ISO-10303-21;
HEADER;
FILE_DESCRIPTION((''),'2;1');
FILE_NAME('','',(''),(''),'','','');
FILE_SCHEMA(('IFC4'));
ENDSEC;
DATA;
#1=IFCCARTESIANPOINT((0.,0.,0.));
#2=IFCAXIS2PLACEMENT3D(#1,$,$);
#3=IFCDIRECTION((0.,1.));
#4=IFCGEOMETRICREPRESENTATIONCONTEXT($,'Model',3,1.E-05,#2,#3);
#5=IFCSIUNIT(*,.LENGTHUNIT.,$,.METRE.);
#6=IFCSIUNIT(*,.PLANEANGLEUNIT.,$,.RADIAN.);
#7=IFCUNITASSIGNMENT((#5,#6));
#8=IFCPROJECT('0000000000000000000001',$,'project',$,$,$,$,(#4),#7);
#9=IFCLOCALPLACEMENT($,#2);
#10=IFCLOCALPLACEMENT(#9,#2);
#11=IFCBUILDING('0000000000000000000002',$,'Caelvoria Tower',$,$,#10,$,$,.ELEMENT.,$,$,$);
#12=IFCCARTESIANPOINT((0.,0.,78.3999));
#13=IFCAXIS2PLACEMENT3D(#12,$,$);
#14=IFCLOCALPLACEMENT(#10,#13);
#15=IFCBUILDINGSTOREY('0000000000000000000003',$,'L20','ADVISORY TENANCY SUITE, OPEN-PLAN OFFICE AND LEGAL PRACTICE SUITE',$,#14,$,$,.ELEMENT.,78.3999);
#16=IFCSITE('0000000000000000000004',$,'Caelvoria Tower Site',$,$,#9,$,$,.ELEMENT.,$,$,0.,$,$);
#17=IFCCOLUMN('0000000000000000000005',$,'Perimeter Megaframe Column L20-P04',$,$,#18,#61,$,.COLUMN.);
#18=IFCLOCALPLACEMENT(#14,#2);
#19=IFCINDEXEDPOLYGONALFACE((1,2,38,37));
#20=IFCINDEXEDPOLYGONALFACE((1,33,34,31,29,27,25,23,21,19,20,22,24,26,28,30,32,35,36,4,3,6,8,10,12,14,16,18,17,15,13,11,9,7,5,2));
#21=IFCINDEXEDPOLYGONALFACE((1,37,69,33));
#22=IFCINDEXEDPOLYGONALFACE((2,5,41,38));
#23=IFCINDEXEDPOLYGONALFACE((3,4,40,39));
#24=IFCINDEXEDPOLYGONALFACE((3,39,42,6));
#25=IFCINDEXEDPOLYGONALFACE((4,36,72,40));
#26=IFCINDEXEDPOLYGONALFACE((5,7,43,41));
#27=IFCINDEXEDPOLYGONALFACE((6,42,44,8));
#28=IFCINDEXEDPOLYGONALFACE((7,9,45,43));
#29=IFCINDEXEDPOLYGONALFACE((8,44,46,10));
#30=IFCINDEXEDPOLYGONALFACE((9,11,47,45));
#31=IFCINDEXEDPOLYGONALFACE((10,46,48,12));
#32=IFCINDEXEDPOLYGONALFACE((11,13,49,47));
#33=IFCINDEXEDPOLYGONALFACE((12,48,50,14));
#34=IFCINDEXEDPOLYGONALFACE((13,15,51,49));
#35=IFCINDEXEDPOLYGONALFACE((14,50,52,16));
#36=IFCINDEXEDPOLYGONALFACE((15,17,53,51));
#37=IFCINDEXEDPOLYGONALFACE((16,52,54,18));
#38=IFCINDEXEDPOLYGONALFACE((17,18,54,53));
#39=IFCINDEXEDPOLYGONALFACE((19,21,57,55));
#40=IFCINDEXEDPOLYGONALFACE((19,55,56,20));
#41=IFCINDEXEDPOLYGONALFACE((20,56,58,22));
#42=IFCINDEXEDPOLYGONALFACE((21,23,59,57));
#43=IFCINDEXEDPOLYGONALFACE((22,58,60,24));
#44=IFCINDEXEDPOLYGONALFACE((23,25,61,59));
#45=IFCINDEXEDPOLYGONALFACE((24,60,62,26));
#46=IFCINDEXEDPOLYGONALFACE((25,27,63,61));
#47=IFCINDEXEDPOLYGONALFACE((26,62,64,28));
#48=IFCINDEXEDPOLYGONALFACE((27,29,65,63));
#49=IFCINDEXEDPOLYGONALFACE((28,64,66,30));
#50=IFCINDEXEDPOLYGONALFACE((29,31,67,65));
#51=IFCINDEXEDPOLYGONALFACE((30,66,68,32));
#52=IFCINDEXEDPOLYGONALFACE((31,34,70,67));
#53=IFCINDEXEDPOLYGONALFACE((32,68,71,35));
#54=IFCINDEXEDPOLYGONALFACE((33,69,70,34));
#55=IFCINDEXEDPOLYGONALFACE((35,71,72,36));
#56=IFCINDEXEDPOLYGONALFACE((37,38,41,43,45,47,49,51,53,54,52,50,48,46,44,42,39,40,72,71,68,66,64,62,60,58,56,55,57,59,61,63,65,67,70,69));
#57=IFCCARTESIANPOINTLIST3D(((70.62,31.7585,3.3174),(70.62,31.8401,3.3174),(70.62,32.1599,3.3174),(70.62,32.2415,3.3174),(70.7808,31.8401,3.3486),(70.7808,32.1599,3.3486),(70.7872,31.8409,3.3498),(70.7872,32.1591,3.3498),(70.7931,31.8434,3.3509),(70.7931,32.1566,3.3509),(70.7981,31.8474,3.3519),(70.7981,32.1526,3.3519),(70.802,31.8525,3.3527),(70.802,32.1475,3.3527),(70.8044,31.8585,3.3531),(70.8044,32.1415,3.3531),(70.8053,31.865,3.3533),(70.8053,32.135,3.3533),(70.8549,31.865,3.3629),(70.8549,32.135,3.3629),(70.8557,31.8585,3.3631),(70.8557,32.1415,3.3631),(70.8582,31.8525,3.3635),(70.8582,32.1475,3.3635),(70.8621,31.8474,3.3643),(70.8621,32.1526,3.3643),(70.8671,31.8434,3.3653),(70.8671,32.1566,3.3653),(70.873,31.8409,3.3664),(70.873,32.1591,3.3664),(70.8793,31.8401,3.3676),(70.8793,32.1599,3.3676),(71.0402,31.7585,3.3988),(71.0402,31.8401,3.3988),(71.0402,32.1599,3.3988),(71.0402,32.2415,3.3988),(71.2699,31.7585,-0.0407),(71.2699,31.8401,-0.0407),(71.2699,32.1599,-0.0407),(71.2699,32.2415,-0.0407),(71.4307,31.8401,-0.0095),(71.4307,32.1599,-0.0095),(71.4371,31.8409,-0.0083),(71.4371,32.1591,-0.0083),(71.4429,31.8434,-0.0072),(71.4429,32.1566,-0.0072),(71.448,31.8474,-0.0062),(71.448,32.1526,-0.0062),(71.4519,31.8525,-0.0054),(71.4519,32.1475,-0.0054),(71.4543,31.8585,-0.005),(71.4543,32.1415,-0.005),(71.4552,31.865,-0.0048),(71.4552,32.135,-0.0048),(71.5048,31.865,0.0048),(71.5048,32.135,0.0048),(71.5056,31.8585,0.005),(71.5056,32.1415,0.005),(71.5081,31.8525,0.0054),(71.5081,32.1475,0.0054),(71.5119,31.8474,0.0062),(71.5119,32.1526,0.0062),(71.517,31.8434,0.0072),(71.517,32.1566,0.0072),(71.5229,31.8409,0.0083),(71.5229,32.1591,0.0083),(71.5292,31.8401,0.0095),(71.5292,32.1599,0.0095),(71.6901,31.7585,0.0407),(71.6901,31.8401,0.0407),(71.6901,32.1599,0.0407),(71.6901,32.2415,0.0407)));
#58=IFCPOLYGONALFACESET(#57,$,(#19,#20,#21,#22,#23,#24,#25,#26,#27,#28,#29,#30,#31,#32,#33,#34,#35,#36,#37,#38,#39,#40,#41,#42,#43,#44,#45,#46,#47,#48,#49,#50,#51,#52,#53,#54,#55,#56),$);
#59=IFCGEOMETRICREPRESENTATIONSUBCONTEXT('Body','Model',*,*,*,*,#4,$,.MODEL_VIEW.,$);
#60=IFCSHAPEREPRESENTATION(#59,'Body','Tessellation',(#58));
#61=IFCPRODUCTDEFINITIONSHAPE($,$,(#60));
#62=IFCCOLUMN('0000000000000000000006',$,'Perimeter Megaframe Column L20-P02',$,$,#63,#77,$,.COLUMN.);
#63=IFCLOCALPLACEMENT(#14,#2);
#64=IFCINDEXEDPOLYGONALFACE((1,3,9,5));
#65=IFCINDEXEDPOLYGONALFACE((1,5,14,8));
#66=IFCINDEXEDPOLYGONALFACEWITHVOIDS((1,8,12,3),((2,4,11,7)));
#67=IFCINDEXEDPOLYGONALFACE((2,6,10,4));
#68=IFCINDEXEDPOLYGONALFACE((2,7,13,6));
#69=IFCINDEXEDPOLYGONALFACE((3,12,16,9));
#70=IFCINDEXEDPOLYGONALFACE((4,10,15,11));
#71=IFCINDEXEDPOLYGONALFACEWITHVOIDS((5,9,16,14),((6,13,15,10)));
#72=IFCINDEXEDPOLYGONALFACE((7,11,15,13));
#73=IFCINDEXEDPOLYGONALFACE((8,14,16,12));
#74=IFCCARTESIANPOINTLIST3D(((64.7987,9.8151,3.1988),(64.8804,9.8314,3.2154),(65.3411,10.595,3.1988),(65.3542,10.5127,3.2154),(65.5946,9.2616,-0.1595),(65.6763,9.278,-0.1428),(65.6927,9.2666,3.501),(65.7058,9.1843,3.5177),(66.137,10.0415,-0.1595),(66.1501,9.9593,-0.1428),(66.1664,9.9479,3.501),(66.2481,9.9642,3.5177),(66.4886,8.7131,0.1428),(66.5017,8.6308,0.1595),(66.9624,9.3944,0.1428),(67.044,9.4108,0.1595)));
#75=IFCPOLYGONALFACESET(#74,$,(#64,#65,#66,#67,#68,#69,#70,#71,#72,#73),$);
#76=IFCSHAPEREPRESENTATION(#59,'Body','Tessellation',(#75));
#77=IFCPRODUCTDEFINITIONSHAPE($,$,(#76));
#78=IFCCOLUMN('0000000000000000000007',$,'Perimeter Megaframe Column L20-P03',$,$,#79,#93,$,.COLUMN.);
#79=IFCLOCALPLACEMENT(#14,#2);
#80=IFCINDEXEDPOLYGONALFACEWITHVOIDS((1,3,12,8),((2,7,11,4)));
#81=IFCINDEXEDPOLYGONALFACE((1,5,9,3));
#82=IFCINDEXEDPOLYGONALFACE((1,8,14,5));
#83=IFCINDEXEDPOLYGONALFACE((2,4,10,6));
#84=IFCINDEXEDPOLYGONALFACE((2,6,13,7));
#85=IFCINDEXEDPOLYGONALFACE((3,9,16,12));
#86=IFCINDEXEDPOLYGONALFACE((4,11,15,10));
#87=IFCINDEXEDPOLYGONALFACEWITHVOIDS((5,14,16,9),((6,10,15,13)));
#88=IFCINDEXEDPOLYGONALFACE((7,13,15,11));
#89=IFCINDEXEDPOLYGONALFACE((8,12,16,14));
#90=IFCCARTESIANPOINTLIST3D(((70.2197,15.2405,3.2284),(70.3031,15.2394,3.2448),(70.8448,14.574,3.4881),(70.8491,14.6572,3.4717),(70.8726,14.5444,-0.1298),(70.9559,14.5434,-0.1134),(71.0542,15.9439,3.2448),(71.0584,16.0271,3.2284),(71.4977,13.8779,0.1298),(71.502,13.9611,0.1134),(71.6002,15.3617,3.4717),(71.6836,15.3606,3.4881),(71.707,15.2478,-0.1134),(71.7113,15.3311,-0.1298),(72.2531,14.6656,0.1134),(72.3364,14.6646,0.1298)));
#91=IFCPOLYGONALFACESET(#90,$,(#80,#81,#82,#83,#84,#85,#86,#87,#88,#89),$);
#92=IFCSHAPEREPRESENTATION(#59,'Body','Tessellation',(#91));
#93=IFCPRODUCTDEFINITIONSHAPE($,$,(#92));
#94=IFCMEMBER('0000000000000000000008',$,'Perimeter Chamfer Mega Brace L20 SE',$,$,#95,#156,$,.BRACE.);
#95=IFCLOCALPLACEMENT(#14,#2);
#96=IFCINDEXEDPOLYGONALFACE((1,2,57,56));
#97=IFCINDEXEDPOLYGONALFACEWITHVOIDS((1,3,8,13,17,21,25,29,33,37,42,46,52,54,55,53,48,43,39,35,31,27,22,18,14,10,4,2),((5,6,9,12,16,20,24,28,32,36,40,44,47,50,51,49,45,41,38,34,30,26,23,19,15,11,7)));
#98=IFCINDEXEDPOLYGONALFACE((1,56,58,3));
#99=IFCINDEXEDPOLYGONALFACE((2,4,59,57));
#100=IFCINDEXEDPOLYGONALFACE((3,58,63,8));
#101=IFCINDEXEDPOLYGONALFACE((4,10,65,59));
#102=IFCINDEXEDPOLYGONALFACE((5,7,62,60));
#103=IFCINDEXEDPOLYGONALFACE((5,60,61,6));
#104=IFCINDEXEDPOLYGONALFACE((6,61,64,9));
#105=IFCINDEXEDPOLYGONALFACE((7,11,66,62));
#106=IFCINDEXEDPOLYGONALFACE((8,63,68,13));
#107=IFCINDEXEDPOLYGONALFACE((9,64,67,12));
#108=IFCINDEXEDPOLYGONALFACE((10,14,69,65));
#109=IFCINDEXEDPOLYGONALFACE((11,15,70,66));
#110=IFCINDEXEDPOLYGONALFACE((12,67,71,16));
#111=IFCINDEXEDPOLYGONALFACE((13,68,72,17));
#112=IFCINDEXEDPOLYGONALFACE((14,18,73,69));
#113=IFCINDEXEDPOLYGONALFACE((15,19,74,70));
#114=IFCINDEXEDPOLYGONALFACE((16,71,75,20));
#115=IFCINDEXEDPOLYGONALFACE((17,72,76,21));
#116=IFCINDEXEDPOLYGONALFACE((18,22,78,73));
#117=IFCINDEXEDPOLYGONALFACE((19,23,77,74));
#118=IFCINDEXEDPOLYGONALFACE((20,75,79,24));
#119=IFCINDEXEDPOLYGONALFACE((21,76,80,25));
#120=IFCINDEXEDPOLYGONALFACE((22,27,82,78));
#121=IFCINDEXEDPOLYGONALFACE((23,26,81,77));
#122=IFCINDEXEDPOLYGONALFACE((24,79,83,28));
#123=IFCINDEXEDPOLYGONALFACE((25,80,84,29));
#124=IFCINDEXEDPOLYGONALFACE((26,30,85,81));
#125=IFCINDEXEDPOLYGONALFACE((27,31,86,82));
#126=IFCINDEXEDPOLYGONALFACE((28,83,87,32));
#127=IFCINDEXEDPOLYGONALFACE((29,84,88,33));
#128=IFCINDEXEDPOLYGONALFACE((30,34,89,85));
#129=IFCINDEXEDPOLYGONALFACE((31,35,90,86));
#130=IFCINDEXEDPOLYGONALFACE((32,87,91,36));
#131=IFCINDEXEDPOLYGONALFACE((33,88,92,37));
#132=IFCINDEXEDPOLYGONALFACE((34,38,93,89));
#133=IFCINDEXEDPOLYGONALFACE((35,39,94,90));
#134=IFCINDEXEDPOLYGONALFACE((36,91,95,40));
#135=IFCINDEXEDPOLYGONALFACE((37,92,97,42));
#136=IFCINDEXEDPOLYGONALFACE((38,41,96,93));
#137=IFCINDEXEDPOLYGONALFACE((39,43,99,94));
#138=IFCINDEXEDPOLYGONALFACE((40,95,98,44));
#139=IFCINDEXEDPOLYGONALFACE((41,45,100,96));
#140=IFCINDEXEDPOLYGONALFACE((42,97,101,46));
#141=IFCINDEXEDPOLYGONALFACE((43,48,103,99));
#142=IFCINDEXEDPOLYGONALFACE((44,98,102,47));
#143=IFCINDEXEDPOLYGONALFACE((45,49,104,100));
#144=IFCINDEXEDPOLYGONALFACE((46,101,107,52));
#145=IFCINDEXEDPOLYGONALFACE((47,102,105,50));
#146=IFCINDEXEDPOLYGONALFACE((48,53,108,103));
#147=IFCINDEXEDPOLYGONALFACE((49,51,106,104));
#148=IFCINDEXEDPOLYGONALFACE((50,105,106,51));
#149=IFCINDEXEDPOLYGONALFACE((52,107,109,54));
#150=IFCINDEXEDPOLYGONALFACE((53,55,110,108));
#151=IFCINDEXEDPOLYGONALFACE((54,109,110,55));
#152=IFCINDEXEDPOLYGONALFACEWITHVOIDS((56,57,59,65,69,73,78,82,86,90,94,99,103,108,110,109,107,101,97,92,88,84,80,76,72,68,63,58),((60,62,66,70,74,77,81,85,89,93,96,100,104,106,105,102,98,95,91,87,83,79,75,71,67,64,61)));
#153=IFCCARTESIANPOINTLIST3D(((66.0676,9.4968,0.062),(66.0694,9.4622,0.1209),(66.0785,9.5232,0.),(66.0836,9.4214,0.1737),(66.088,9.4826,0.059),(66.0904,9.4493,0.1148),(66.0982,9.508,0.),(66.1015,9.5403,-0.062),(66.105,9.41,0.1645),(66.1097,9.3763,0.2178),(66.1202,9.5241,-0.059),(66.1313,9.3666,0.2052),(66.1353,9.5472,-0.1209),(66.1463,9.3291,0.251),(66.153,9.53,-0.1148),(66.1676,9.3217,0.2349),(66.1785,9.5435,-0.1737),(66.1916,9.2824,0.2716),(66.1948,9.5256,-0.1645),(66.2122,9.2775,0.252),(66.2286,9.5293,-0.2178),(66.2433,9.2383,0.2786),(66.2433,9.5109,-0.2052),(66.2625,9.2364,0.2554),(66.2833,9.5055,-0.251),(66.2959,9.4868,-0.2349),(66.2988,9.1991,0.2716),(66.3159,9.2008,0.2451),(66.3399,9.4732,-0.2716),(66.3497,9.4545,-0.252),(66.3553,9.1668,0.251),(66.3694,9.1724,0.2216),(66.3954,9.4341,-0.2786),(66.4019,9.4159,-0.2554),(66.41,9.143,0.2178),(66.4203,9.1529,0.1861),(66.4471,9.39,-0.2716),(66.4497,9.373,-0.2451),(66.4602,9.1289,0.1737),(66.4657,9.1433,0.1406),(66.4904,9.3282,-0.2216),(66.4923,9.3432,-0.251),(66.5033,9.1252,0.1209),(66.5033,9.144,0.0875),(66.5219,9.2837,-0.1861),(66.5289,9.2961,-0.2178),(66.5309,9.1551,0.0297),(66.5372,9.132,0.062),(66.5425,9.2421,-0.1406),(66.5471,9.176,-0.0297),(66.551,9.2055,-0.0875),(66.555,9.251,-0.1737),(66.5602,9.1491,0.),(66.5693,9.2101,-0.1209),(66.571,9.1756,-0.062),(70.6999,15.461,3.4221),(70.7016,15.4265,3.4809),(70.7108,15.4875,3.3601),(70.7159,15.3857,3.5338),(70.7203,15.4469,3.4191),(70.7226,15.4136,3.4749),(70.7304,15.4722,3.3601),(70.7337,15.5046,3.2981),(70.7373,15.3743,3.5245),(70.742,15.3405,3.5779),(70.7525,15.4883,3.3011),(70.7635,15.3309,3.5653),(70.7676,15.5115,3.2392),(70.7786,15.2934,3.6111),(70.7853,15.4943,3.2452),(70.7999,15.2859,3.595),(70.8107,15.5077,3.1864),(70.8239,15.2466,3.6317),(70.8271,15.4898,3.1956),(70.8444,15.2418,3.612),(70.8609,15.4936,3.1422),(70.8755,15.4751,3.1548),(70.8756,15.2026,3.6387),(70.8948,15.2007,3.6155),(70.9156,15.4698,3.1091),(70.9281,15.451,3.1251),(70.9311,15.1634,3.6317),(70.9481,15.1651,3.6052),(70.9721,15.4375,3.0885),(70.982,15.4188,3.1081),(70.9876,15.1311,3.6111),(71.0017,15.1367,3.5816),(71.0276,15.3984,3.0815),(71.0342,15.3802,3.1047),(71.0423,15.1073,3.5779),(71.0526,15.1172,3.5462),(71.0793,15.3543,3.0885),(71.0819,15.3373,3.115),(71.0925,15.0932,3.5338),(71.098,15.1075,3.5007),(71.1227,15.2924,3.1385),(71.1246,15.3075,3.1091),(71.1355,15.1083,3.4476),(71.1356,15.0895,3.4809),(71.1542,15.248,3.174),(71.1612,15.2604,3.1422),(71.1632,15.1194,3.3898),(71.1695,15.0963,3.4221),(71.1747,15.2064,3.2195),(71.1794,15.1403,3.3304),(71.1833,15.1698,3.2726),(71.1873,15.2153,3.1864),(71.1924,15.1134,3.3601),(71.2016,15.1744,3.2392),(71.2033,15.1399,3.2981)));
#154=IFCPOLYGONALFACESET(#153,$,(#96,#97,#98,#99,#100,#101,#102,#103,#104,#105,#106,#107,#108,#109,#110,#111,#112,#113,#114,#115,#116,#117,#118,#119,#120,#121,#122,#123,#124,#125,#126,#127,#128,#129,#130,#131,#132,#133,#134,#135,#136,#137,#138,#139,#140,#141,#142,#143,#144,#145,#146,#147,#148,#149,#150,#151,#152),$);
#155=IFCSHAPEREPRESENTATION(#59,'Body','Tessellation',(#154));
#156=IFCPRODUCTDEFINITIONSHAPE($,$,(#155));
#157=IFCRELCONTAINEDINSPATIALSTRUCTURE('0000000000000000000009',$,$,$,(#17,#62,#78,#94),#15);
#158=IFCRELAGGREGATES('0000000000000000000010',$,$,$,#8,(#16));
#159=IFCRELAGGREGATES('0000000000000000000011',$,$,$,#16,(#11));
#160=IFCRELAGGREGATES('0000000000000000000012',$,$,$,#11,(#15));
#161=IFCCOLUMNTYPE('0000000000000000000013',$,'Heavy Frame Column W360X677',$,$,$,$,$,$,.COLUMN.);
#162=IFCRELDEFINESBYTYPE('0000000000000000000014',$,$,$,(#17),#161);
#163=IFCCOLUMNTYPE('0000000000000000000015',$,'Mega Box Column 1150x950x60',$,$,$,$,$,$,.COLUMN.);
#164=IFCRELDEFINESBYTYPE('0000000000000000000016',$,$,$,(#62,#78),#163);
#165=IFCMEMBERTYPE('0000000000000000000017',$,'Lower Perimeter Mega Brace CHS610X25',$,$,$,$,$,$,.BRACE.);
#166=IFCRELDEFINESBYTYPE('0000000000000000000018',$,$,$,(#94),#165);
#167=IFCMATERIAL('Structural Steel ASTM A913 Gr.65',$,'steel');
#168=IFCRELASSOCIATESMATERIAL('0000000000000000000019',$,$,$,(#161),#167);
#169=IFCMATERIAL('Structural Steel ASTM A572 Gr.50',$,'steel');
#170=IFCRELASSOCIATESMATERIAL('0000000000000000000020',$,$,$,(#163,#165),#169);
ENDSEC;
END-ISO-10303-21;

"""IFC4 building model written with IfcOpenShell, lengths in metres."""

from ifc_helpers import new_model, si_unit, direction, frame, origin, origin_2d, place, context, subcontext, project, spatial, hollow_rectangle, hollow_circle, i_section, extrude, material, material_profile, profile_set, type_object, element, save


model = new_model("IFC4")

# Units and contexts
model_context = context("Model", 3, precision=1e-05, world=origin(), true_north=direction((0.0, 1.0)))
body_context = subcontext(model_context, "Body", "Model", "MODEL_VIEW")
ifc_project = project(units=[si_unit("LENGTHUNIT", "METRE"), si_unit("PLANEANGLEUNIT", "RADIAN")], contexts=[model_context])

# Site, building, storey
site_placement = place(None, origin())
site = spatial("IfcSite", under=ifc_project, at=site_placement, Name="Caelvoria Tower Site", CompositionType="ELEMENT", RefElevation=0.0)
building_placement = place(site_placement, origin())
building = spatial("IfcBuilding", under=site, at=building_placement, Name="Caelvoria Tower", CompositionType="ELEMENT")
storey_placement = place(building_placement, frame((0.0, 0.0, 78.3999)))
storey = spatial("IfcBuildingStorey", under=building, at=storey_placement, Name="L20", Description="ADVISORY TENANCY SUITE, OPEN-PLAN OFFICE AND LEGAL PRACTICE SUITE", CompositionType="ELEMENT", Elevation=78.3999)

# Columns
ifc_material_1 = material(Name="Structural Steel ASTM A913 Gr.65", Category="steel")
ifc_material_profile_1 = material_profile(ifc_material_1, i_section(OverallWidth=0.428, OverallDepth=0.4829, WebThickness=0.0505, FlangeThickness=0.0815, FilletRadius=0.0249, at=origin_2d()), Name="Structural Steel ASTM A913 Gr.65")
ifc_profile_set_1 = profile_set([ifc_material_profile_1], Name="W360X677 - Structural Steel ASTM A913 Gr.65")
column_type_1 = type_object("IfcColumnType", Name="Heavy Frame Column W360X677", PredefinedType="COLUMN", material=ifc_profile_set_1)
column_1_placement = place(storey_placement, frame((71.48, 32.0, 0.0), z_axis=(-0.190004, 0.0, 0.981783), x_axis=(0.981783, 0.0, 0.190004)))
element("IfcColumn", 1, at=column_1_placement, inside=storey, type_object=column_type_1, Name="Perimeter Megaframe Column L20-P04", PredefinedType="COLUMN", context=body_context, shape_type="SweptSolid", body=[
    extrude(i_section(OverallWidth=0.428, OverallDepth=0.4829, WebThickness=0.0505, FlangeThickness=0.0815, FilletRadius=0.0249, at=origin_2d()), origin(), (0.0, 0.0, 1.0), 3.4204),
])
ifc_material_2 = material(Name="Structural Steel ASTM A572 Gr.50", Category="steel")
ifc_material_profile_2 = material_profile(ifc_material_2, hollow_rectangle(XDim=0.95, YDim=1.1499, WallThickness=0.0601, at=origin_2d()), Name="Structural Steel ASTM A572 Gr.50")
ifc_profile_set_2 = profile_set([ifc_material_profile_2], Name="BOX1150X950X60 - Structural Steel ASTM A572 Gr.50")
column_type_2 = type_object("IfcColumnType", Name="Mega Box Column 1150x950x60", PredefinedType="COLUMN", material=ifc_profile_set_2)
column_2_placement = place(storey_placement, frame((66.3193, 9.3362, 0.0), z_axis=(-0.227707, 0.158347, 0.960768), x_axis=(-0.570924, -0.821003, 0.0)))
element("IfcColumn", 2, at=column_2_placement, inside=storey, type_object=column_type_2, Name="Perimeter Megaframe Column L20-P02", PredefinedType="COLUMN", context=body_context, shape_type="SweptSolid", body=[
    extrude(hollow_rectangle(XDim=0.95, YDim=1.1499, WallThickness=0.0601, at=origin_2d()), origin(), (0.0, 0.0, 1.0), 3.4954),
])
column_3_placement = place(storey_placement, frame((71.6045, 14.6045, 0.0), z_axis=(-0.186998, 0.199376, 0.961915), x_axis=(0.658049, -0.701607, 0.273348)))
element("IfcColumn", 3, at=column_3_placement, inside=storey, type_object=column_type_2, Name="Perimeter Megaframe Column L20-P03", PredefinedType="COLUMN", context=body_context, shape_type="SweptSolid", body=[
    extrude(hollow_rectangle(XDim=0.95, YDim=1.1499, WallThickness=0.0601, at=origin_2d()), origin(), (0.0, 0.0, 1.0), 3.4912),
])

# Member
ifc_material_profile_3 = material_profile(ifc_material_2, hollow_circle(Radius=0.3049, WallThickness=0.0249, at=origin_2d()), Name="Structural Steel ASTM A572 Gr.50")
ifc_profile_set_3 = profile_set([ifc_material_profile_3], Name="CHS610X25 - Structural Steel ASTM A572 Gr.50")
member_type = type_object("IfcMemberType", Name="Lower Perimeter Mega Brace CHS610X25", PredefinedType="BRACE", material=ifc_profile_set_3)
member_placement = place(storey_placement, frame((66.3193, 9.3362, 0.0), z_axis=(0.560425, 0.721576, 0.406511), x_axis=(-0.789777, 0.613394, 0.0)))
element("IfcMember", 4, at=member_placement, inside=storey, type_object=member_type, Name="Perimeter Chamfer Mega Brace L20 SE", PredefinedType="BRACE", context=body_context, shape_type="SweptSolid", body=[
    extrude(hollow_circle(Radius=0.3049, WallThickness=0.0249, at=origin_2d()), origin(), (0.0, 0.0, 1.0), 8.2656),
])

save(model, "model.ifc")
